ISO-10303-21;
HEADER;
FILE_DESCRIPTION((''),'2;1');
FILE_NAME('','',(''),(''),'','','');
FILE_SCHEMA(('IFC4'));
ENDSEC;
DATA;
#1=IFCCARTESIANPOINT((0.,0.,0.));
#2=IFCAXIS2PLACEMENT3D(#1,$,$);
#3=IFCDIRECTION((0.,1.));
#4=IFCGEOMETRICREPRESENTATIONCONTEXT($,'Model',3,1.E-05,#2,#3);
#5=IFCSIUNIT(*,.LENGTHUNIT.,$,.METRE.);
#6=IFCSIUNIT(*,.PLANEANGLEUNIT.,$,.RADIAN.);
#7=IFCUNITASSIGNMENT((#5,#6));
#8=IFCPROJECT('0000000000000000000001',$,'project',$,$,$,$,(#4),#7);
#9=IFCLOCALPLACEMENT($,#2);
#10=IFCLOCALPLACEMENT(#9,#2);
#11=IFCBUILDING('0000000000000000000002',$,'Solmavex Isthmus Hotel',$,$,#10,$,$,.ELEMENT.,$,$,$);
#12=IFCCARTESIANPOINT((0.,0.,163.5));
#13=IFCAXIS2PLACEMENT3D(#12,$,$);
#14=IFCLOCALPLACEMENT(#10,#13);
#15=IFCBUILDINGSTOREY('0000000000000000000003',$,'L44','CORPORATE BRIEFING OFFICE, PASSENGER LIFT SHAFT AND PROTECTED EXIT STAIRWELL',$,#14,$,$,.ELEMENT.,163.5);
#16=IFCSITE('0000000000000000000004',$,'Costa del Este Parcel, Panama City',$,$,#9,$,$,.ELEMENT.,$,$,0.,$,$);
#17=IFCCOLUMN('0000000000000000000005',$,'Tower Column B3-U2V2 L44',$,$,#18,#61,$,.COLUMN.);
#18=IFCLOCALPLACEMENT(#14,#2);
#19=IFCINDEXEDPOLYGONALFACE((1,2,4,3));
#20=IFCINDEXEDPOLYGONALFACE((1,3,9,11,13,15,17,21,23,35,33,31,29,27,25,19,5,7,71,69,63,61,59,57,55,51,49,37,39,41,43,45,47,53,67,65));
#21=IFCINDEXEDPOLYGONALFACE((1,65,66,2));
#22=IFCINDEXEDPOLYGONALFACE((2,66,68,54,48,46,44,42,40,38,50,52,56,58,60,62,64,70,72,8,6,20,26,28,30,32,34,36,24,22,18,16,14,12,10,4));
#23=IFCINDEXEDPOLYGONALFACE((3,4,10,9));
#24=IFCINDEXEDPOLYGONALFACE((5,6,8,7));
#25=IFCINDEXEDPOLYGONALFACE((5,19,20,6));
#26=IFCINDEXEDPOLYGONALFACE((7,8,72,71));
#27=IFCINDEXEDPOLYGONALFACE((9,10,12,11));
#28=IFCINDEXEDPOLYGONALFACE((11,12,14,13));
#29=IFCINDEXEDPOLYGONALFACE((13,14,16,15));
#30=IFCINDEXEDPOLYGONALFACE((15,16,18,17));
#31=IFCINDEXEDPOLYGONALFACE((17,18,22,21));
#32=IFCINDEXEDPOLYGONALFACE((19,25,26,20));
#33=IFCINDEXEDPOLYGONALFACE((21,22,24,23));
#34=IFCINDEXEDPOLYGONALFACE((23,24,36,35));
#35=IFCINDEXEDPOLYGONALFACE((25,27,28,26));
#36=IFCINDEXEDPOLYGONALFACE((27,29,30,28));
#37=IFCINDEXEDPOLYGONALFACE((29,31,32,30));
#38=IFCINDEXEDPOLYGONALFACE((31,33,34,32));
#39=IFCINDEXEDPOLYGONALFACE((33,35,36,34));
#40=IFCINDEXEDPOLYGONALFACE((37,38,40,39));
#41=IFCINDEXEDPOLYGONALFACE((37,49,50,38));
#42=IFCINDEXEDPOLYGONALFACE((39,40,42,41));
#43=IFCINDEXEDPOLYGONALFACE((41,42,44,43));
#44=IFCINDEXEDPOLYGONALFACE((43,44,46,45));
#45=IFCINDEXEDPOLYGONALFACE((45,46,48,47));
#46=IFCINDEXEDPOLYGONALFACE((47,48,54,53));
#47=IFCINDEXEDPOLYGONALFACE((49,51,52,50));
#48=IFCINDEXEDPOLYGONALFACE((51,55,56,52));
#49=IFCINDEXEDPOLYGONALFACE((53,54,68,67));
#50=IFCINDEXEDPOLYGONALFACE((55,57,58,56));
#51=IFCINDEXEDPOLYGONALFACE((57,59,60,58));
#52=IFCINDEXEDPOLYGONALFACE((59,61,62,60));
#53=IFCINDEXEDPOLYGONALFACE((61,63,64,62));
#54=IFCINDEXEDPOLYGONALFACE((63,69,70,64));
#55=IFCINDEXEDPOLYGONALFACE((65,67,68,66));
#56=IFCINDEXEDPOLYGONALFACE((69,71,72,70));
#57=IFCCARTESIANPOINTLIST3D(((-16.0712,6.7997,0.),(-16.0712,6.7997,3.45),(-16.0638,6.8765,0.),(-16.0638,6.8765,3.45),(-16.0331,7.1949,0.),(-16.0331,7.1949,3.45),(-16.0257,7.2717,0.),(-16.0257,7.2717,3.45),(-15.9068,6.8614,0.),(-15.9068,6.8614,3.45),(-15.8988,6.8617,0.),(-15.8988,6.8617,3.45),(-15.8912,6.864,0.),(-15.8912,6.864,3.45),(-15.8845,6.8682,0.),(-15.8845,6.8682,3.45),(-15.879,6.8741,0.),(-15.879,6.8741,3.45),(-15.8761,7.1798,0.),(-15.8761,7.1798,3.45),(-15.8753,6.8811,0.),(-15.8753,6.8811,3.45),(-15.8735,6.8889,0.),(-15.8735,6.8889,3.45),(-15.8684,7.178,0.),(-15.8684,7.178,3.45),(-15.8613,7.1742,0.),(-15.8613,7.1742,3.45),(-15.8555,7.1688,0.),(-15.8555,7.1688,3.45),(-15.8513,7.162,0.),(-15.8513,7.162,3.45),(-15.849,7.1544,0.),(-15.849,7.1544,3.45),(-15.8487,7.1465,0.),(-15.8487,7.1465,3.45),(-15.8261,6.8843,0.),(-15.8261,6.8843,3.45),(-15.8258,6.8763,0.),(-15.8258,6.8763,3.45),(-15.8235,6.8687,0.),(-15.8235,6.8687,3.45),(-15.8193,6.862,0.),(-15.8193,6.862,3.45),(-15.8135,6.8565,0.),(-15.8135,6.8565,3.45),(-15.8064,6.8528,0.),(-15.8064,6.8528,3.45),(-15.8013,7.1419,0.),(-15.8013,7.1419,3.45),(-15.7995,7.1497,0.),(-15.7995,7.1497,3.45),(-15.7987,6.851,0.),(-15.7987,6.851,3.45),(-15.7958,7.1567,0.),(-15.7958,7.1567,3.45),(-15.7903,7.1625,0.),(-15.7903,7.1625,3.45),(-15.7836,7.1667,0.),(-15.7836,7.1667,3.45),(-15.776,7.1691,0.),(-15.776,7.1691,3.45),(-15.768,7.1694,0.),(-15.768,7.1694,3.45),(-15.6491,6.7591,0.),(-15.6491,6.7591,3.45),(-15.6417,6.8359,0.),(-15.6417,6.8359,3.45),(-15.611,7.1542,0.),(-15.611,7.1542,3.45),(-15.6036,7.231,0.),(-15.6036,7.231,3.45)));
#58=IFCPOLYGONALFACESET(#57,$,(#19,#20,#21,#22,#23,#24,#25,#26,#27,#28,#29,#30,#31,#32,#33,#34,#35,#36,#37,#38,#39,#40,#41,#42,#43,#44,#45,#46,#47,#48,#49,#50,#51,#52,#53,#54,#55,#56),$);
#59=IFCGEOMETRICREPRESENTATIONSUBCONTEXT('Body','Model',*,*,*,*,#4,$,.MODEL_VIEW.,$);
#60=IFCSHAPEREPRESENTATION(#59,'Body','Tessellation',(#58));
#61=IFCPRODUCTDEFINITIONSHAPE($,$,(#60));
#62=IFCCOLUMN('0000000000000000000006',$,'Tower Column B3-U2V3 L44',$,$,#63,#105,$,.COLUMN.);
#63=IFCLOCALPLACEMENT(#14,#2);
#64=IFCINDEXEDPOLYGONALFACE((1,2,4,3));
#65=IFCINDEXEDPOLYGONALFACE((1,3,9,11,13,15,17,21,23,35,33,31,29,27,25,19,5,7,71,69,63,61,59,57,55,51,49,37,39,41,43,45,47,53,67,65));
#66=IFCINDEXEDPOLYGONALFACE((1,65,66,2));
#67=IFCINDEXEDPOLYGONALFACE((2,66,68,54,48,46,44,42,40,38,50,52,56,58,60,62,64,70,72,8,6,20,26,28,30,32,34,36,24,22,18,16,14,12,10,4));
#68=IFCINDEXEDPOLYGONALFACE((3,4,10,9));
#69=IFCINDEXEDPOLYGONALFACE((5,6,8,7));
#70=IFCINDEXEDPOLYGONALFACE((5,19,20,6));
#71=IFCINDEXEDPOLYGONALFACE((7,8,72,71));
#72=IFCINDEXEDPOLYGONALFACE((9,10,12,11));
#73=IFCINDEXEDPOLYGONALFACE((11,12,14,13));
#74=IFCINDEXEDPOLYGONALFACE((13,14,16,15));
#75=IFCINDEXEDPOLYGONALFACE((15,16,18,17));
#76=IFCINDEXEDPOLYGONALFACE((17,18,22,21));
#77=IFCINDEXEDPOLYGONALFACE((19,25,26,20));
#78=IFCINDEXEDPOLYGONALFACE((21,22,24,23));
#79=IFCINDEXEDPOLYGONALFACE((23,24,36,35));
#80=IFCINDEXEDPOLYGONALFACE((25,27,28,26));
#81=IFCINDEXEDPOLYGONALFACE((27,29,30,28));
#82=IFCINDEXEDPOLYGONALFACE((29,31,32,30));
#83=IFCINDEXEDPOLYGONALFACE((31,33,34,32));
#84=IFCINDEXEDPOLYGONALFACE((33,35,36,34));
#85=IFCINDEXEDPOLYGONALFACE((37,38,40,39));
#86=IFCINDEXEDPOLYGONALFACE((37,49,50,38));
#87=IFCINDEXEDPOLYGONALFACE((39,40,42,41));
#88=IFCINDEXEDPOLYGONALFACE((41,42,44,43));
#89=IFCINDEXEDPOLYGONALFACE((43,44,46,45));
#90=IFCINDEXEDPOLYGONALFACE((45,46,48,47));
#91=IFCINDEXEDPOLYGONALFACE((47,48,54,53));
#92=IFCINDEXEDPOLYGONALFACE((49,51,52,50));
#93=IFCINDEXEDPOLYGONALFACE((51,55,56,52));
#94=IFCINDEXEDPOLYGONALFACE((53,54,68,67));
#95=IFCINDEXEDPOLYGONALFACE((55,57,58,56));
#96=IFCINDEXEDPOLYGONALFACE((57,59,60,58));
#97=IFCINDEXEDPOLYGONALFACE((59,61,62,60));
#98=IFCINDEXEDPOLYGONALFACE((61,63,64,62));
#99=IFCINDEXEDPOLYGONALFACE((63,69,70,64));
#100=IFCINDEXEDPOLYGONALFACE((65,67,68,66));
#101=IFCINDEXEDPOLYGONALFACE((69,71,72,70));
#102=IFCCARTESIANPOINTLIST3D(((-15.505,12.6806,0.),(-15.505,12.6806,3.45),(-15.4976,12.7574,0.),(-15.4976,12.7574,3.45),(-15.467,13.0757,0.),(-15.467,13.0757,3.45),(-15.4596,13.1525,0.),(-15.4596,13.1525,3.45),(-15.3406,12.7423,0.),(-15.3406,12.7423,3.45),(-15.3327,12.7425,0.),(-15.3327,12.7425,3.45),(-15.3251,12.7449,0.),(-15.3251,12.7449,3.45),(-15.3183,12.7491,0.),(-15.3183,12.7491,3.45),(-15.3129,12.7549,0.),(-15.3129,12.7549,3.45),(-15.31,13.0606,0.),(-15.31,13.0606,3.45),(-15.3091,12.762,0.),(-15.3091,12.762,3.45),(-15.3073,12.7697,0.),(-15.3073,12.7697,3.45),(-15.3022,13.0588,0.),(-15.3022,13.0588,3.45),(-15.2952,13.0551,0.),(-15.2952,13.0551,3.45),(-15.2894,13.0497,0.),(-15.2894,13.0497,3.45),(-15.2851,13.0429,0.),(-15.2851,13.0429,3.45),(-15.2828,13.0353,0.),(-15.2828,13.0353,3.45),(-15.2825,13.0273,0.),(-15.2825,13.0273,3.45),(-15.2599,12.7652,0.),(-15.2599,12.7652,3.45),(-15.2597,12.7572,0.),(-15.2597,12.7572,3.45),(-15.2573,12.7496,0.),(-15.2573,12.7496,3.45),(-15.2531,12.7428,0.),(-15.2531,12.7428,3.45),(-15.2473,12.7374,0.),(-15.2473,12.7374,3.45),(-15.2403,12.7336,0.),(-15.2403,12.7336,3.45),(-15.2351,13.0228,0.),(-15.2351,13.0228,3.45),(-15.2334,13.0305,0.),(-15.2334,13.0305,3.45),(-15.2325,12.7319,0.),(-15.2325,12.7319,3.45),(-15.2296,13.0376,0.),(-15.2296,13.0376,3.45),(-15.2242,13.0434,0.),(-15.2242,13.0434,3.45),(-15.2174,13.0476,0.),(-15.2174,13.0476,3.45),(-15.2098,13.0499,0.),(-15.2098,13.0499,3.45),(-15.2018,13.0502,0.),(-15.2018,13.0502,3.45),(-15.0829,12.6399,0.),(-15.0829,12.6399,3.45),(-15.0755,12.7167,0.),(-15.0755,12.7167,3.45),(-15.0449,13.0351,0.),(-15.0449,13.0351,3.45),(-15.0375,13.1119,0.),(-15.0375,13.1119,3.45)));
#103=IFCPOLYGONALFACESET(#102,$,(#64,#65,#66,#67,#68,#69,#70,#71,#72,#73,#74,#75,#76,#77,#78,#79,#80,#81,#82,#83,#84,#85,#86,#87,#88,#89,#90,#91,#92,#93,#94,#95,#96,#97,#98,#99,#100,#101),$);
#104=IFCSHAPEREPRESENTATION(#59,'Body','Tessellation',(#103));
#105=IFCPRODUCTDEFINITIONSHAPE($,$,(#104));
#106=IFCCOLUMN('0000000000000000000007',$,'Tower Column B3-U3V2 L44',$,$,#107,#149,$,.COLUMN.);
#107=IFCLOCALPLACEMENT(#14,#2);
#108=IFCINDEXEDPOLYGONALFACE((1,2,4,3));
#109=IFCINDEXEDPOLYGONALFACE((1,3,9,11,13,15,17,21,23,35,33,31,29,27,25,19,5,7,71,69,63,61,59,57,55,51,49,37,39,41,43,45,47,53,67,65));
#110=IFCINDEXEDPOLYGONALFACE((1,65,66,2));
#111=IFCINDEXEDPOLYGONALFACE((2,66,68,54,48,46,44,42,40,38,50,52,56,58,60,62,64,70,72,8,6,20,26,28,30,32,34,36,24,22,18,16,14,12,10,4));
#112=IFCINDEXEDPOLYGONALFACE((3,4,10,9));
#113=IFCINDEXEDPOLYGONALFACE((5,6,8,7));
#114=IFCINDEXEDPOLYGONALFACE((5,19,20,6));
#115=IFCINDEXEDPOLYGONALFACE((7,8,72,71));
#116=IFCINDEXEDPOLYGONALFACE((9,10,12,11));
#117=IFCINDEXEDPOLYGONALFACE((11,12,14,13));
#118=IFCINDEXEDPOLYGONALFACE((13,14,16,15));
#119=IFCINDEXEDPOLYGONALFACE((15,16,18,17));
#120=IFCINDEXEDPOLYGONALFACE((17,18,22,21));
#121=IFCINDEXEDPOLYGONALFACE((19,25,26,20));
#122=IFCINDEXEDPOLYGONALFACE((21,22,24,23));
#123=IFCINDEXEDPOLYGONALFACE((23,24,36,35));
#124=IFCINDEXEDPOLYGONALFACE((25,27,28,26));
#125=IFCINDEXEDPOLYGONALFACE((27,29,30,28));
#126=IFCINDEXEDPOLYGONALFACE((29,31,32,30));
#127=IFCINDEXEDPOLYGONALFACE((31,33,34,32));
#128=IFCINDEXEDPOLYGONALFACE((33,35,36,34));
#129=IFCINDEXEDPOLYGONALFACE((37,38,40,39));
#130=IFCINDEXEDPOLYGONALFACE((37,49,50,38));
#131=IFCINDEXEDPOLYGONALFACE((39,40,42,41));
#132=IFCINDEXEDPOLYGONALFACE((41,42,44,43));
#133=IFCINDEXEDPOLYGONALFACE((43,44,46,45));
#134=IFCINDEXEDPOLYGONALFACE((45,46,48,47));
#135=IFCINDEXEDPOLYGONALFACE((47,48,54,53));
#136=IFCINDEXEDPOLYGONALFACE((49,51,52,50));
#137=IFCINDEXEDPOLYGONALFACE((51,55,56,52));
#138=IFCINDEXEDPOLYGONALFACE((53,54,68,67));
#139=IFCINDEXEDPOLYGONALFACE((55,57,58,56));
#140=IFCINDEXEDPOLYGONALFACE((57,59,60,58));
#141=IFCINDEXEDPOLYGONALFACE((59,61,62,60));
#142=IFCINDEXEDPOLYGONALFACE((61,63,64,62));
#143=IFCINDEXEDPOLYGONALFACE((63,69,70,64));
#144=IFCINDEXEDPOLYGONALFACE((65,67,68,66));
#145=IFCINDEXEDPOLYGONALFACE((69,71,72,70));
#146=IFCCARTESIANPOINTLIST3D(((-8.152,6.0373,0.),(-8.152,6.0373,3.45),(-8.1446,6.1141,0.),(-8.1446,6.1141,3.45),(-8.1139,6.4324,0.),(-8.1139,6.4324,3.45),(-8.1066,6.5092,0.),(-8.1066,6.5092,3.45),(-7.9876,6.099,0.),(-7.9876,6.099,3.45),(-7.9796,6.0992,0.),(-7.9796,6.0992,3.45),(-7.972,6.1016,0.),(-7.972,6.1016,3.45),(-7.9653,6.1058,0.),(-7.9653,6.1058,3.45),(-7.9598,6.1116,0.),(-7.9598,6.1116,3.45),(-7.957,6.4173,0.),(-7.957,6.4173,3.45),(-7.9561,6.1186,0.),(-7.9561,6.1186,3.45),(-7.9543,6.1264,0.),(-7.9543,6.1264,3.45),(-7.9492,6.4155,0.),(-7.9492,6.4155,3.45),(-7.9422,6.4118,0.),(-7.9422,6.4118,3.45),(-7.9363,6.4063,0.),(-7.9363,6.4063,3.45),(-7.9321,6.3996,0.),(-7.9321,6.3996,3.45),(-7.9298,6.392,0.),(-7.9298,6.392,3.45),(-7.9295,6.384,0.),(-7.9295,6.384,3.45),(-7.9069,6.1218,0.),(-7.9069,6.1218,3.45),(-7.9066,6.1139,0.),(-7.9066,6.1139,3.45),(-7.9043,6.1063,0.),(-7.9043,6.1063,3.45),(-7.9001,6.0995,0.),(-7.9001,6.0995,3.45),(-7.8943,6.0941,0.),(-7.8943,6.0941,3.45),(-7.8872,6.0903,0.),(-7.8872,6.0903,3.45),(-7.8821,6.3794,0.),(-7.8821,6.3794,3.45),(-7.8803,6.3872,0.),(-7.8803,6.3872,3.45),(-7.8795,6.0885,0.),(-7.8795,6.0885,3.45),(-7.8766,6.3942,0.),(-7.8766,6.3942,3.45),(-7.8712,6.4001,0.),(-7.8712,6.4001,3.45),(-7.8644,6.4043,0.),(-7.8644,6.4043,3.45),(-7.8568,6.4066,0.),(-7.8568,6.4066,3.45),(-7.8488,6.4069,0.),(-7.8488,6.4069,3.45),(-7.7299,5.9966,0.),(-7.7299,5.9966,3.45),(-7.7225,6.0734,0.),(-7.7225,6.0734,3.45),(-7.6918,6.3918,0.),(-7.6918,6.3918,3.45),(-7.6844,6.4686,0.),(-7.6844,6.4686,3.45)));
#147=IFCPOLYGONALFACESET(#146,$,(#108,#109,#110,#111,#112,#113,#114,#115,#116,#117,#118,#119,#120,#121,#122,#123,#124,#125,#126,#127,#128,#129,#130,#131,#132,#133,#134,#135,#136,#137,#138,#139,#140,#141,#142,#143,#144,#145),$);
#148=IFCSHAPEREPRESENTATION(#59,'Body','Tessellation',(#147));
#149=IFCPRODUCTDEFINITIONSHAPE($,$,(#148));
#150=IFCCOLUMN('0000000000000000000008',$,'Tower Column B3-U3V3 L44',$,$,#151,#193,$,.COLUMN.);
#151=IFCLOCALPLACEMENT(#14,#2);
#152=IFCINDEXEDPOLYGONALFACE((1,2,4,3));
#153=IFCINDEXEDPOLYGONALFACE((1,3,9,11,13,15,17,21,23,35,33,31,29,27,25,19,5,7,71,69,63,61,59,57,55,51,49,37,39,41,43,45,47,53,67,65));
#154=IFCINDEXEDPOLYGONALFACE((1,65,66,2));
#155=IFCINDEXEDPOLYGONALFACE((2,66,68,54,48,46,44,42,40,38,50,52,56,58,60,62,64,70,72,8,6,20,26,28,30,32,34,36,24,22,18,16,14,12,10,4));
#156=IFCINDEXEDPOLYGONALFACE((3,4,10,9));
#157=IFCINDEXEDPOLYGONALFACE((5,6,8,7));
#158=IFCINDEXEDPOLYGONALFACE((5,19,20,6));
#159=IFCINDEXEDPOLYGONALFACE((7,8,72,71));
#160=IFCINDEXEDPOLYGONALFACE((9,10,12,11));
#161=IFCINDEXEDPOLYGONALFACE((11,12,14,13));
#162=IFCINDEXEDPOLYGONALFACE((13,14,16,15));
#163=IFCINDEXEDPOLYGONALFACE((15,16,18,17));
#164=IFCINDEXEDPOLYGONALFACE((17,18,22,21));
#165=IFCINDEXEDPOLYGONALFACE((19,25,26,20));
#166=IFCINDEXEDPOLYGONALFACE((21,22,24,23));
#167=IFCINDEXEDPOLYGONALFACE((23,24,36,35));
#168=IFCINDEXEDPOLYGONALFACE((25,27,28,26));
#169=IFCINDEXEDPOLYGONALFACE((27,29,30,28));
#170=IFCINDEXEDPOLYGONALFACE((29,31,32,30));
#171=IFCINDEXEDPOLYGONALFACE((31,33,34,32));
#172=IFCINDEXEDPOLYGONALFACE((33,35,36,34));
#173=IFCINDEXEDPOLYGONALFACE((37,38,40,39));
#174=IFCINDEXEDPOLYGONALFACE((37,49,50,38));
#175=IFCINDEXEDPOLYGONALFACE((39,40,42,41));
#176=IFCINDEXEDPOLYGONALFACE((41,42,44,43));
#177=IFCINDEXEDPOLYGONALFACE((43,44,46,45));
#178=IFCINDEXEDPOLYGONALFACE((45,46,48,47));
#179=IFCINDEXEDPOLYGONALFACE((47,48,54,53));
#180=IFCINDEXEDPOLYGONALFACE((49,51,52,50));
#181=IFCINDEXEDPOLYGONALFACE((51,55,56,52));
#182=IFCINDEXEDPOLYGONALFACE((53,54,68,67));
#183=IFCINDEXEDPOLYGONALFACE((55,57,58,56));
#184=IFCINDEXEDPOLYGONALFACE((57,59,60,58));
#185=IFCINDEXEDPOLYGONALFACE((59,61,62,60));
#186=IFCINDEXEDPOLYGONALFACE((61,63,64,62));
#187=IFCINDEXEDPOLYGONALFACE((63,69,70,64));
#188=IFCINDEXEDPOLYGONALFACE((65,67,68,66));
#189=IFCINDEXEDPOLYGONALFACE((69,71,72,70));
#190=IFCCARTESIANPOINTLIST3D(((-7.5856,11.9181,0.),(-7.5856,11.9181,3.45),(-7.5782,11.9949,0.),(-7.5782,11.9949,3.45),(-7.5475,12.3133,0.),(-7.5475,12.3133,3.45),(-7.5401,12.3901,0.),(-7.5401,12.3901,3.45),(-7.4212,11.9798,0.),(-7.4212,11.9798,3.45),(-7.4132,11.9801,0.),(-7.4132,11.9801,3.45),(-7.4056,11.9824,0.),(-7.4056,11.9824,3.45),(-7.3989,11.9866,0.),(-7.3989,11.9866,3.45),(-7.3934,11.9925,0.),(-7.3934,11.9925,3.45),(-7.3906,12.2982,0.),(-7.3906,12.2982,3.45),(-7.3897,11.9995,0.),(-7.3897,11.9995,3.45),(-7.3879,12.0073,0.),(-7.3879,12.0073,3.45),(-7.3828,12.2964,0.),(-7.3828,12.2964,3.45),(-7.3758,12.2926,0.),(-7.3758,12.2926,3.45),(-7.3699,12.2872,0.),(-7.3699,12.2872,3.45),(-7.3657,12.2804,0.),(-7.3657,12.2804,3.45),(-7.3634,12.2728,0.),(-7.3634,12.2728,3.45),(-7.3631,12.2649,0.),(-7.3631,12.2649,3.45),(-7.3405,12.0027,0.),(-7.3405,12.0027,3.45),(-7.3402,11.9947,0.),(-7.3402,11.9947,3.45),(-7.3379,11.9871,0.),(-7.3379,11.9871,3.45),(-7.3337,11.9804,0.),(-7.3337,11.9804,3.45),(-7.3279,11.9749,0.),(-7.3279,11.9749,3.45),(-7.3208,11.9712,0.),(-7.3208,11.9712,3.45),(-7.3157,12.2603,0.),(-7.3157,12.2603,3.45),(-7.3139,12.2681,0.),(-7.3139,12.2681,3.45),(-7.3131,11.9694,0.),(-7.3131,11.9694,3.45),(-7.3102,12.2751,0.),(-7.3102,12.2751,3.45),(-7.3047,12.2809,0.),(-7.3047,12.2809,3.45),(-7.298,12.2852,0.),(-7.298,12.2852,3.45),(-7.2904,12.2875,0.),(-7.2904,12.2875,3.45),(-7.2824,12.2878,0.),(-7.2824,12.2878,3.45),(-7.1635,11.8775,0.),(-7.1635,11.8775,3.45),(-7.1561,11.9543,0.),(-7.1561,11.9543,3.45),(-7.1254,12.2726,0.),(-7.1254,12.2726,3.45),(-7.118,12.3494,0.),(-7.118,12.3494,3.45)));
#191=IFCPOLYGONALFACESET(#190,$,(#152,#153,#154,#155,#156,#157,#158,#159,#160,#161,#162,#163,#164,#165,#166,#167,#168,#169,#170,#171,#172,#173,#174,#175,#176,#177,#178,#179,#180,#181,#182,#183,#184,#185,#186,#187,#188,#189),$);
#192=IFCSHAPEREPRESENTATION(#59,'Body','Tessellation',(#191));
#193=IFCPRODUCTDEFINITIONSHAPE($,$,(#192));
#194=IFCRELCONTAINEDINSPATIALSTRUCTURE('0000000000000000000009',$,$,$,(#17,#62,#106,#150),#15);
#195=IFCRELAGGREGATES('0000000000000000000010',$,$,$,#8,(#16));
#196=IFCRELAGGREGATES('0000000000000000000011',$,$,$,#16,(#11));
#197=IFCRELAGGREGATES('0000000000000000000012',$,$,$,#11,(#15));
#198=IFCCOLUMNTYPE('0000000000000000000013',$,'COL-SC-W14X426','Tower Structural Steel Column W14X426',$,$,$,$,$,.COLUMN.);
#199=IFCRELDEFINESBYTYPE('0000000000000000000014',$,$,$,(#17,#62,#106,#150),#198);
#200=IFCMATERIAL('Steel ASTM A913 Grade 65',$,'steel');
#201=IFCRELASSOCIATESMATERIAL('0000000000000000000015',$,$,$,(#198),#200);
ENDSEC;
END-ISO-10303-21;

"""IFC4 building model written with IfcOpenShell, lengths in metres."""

from ifc_helpers import new_model, si_unit, direction, frame, origin, origin_2d, place, context, subcontext, project, spatial, i_section, extrude, material, material_profile, profile_set, type_object, element, save


model = new_model("IFC4")

# Units and contexts
model_context = context("Model", 3, precision=1e-05, world=origin(), true_north=direction((0.0, 1.0)))
body_context = subcontext(model_context, "Body", "Model", "MODEL_VIEW")
ifc_project = project(units=[si_unit("LENGTHUNIT", "METRE"), si_unit("PLANEANGLEUNIT", "RADIAN")], contexts=[model_context])

# Site, building, storey
site_placement = place(None, origin())
site = spatial("IfcSite", under=ifc_project, at=site_placement, Name="Costa del Este Parcel, Panama City", CompositionType="ELEMENT", RefElevation=0.0)
building_placement = place(site_placement, origin())
building = spatial("IfcBuilding", under=site, at=building_placement, Name="Solmavex Isthmus Hotel", CompositionType="ELEMENT")
storey_placement = place(building_placement, frame((0.0, 0.0, 163.5)))
storey = spatial("IfcBuildingStorey", under=building, at=storey_placement, Name="L44", Description="CORPORATE BRIEFING OFFICE, PASSENGER LIFT SHAFT AND PROTECTED EXIT STAIRWELL", CompositionType="ELEMENT", Elevation=163.5)

# Columns
ifc_material_1 = material(Name="Steel ASTM A913 Grade 65", Category="steel")
ifc_material_profile_1 = material_profile(ifc_material_1, i_section(OverallWidth=0.4241, OverallDepth=0.4741, WebThickness=0.0476, FlangeThickness=0.0771, FilletRadius=0.0305, at=origin_2d()), Name="W14X426")
ifc_profile_set_1 = profile_set([ifc_material_profile_1], Name="Steel ASTM A913 Grade 65")
column_type_1 = type_object("IfcColumnType", Name="COL-SC-W14X426", Description="Tower Structural Steel Column W14X426", PredefinedType="COLUMN", material=ifc_profile_set_1)
for number, where, z_axis, x_axis, name in (
    (1, (-15.8374, 7.0154, 0.0), (0.0, 0.0, 1.0), (0.995396, -0.095846, 0.0), "Tower Column B3-U2V2 L44"),
    (2, (-15.2712, 12.8962, 0.0), (0.0, 0.0, 1.0), (0.995396, -0.095846, 0.0), "Tower Column B3-U2V3 L44"),
    (3, (-7.9182, 6.2529, 0.0), (0.0, 0.0, 1.0), (0.995396, -0.095846, 0.0), "Tower Column B3-U3V2 L44"),
    (4, (-7.3518, 12.1338, 0.0), (0.0, 0.0, 1.0), (0.995396, -0.095846, 0.0), "Tower Column B3-U3V3 L44"),
):
    element("IfcColumn", number, at=place(storey_placement, frame(where, z_axis=z_axis, x_axis=x_axis)), inside=storey, type_object=column_type_1, Name=name, PredefinedType="COLUMN", context=body_context, shape_type="SweptSolid", body=[
        extrude(i_section(OverallWidth=0.4241, OverallDepth=0.4741, WebThickness=0.0476, FlangeThickness=0.0771, FilletRadius=0.0305, at=origin_2d()), origin(), (0.0, 0.0, 1.0), 3.45),
    ])

save(model, "model.ifc")
